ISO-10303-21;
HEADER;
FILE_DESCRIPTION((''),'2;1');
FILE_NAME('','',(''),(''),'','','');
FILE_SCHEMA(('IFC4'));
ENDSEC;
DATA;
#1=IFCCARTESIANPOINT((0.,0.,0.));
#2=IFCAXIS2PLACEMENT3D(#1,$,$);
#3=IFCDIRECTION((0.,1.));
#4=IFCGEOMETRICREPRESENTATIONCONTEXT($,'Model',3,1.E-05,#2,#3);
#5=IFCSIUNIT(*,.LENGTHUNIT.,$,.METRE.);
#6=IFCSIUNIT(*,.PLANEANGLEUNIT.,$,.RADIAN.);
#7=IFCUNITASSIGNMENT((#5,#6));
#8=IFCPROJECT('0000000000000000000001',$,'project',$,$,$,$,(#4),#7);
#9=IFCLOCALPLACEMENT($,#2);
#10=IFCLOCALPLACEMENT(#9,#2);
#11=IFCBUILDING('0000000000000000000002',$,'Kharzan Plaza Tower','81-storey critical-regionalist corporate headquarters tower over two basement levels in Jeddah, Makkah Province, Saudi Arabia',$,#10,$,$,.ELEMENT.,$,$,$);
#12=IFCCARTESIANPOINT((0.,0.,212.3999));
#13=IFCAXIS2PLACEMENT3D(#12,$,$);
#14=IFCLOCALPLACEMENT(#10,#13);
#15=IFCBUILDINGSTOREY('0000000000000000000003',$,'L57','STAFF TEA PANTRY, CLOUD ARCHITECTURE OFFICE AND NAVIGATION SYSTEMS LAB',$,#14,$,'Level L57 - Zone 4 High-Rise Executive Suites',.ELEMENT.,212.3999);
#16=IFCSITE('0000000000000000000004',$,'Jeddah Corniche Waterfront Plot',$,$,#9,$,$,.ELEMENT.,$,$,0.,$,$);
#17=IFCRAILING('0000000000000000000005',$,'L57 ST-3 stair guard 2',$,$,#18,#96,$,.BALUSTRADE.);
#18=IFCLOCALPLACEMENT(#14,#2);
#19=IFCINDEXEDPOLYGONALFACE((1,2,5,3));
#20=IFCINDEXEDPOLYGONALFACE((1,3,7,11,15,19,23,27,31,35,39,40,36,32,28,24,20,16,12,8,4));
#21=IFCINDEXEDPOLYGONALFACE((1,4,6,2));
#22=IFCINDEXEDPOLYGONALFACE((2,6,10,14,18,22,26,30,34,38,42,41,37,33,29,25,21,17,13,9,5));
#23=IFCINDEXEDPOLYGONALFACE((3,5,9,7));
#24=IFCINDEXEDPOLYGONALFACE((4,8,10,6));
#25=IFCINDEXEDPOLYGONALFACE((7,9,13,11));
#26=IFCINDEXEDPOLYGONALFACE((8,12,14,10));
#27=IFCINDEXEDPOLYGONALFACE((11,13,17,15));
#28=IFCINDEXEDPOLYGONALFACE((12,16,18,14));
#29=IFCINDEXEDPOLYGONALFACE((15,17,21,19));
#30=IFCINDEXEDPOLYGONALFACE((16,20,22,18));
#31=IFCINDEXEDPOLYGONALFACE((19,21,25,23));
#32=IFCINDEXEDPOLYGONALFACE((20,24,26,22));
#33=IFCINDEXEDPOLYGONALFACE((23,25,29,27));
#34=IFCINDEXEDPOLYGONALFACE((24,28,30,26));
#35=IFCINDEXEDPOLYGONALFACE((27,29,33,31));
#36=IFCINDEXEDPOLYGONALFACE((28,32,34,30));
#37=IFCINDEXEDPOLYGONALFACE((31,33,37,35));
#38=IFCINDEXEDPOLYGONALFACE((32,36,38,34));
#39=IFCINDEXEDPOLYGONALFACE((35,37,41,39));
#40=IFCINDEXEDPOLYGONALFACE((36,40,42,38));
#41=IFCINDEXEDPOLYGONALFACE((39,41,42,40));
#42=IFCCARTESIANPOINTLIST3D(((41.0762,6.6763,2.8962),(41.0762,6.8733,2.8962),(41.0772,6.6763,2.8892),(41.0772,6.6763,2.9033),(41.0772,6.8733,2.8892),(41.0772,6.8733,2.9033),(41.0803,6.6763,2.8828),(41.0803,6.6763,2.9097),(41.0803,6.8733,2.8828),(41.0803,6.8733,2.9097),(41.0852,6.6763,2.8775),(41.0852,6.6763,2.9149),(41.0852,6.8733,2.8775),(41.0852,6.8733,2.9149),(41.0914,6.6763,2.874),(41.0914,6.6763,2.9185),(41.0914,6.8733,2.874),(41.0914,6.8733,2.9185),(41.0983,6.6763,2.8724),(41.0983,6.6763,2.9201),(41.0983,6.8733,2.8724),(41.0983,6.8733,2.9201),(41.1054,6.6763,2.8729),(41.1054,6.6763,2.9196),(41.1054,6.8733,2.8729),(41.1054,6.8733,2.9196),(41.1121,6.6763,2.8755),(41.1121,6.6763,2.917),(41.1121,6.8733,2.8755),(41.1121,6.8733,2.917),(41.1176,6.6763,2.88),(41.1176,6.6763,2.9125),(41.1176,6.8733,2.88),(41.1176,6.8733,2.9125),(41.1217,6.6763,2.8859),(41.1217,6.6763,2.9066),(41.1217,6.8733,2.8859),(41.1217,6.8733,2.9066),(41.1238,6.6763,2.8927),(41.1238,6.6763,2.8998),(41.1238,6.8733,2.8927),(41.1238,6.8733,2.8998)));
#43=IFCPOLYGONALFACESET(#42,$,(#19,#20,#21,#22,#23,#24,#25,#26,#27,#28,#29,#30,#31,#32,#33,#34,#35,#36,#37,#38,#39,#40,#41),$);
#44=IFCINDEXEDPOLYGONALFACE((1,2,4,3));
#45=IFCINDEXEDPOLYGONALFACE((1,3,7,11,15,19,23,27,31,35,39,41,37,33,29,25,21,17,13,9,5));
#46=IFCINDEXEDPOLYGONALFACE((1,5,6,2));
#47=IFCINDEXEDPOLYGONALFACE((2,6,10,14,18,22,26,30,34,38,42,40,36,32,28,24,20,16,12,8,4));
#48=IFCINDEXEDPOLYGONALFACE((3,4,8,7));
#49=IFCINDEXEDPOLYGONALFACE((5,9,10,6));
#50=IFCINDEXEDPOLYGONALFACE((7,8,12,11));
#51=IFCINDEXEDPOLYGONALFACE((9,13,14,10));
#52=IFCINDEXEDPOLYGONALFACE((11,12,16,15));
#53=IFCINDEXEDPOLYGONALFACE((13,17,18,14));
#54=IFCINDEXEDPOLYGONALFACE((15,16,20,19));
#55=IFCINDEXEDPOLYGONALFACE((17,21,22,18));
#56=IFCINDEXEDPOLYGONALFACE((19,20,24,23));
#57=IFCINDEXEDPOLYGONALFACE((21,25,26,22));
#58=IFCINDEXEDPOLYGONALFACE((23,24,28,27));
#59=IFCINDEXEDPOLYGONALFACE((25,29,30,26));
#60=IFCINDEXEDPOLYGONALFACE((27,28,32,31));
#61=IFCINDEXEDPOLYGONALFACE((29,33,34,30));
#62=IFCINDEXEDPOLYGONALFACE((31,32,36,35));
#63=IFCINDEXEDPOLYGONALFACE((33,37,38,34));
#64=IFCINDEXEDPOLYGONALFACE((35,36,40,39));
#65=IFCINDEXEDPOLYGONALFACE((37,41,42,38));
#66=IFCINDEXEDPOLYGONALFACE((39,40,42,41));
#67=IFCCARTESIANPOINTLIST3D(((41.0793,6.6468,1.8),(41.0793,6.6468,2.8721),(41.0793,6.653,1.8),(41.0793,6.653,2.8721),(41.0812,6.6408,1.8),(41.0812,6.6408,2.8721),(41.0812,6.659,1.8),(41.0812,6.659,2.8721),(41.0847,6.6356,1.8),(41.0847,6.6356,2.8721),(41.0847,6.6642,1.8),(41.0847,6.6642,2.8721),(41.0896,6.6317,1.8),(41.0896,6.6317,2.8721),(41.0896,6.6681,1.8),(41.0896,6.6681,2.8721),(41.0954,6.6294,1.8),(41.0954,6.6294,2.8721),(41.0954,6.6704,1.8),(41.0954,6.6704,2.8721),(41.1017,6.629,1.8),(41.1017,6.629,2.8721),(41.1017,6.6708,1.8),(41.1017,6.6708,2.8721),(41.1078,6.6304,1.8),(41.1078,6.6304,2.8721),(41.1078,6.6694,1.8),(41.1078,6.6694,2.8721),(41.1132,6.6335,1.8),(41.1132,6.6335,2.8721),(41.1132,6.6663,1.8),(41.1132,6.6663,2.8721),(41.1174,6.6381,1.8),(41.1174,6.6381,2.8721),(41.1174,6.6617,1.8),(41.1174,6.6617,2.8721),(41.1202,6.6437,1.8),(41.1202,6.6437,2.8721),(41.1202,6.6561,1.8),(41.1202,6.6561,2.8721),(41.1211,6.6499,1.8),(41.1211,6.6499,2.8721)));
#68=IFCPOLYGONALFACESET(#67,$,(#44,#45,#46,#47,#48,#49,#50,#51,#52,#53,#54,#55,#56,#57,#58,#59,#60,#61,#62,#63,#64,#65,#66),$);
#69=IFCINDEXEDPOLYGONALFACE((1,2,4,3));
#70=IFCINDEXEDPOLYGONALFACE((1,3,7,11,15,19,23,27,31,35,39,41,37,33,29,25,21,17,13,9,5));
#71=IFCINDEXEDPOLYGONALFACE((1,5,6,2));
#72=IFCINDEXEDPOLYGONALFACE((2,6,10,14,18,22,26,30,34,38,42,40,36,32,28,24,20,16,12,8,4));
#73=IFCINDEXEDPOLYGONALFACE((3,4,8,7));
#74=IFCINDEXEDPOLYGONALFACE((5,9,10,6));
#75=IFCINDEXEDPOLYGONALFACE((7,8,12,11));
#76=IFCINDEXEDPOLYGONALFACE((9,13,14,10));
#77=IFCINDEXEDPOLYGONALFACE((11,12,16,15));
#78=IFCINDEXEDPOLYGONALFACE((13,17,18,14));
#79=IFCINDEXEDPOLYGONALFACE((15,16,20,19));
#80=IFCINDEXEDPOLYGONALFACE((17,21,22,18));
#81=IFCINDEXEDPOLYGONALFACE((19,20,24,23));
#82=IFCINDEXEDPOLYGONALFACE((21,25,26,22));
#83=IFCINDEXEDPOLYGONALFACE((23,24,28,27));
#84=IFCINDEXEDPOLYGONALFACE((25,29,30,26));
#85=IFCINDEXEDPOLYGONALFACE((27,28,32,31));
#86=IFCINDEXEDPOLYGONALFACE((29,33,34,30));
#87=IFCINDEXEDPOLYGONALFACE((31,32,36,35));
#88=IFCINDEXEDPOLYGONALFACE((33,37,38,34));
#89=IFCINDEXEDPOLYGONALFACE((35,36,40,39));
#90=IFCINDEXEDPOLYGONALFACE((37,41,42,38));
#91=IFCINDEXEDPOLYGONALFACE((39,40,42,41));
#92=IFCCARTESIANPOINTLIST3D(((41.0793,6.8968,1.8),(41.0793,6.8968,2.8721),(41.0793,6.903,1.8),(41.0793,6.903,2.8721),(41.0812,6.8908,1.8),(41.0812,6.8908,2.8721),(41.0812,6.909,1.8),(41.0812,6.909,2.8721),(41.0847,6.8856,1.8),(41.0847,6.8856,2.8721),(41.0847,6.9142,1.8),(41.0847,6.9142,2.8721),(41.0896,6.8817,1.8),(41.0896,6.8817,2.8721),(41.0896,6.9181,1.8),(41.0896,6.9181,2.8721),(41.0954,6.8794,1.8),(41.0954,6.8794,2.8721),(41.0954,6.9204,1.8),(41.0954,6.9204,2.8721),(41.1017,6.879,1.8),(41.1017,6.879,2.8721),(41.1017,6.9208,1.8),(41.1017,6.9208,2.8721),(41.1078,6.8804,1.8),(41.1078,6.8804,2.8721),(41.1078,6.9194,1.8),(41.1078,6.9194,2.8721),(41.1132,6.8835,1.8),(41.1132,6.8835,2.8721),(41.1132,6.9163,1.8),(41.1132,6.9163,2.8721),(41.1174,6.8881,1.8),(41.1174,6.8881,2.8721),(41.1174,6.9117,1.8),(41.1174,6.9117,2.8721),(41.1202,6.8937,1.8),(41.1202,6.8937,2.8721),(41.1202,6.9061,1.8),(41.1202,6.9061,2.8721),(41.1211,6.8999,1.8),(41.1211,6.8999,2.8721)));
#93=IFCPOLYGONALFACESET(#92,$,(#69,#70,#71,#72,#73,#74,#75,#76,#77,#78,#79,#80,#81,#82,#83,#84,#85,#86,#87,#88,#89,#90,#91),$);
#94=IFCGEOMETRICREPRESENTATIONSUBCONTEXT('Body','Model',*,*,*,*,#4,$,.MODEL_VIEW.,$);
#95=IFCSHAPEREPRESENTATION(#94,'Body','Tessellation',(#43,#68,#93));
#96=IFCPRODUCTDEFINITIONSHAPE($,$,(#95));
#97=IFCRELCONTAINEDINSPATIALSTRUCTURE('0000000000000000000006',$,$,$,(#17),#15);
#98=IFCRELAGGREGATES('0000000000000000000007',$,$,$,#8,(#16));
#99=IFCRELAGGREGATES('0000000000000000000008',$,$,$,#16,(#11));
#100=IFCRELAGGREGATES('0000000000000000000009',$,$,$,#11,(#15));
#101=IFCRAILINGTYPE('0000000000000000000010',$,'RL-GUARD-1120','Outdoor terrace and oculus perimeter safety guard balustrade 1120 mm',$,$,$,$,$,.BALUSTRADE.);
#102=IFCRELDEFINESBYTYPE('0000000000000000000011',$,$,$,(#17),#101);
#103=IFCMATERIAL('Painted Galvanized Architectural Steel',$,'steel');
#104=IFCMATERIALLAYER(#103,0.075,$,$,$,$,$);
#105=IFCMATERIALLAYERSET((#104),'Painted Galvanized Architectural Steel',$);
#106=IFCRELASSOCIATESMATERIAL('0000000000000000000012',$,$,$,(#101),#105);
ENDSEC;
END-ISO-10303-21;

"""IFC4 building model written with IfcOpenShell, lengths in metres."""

from ifc_helpers import new_model, si_unit, direction, frame, origin, origin_2d, place, context, subcontext, project, spatial, circle, extrude, source, transform, mapped, material, layer, layer_set, type_object, element, save


model = new_model("IFC4")

# Units and contexts
model_context = context("Model", 3, precision=1e-05, world=origin(), true_north=direction((0.0, 1.0)))
body_context = subcontext(model_context, "Body", "Model", "MODEL_VIEW")
ifc_project = project(units=[si_unit("LENGTHUNIT", "METRE"), si_unit("PLANEANGLEUNIT", "RADIAN")], contexts=[model_context])

# Site, building, storey
site_placement = place(None, origin())
site = spatial("IfcSite", under=ifc_project, at=site_placement, Name="Jeddah Corniche Waterfront Plot", CompositionType="ELEMENT", RefElevation=0.0)
building_placement = place(site_placement, origin())
building = spatial("IfcBuilding", under=site, at=building_placement, Name="Kharzan Plaza Tower", Description="81-storey critical-regionalist corporate headquarters tower over two basement levels in Jeddah, Makkah Province, Saudi Arabia", CompositionType="ELEMENT")
storey_placement = place(building_placement, frame((0.0, 0.0, 212.3999)))
storey = spatial("IfcBuildingStorey", under=building, at=storey_placement, Name="L57", Description="STAFF TEA PANTRY, CLOUD ARCHITECTURE OFFICE AND NAVIGATION SYSTEMS LAB", LongName="Level L57 - Zone 4 High-Rise Executive Suites", CompositionType="ELEMENT", Elevation=212.3999)

# Railing
ifc_material_1 = material(Name="Painted Galvanized Architectural Steel", Category="steel")
ifc_layer_1 = layer(ifc_material_1, 0.075)
ifc_layer_set_1 = layer_set([ifc_layer_1], Name="Painted Galvanized Architectural Steel")
railing_type_1 = type_object("IfcRailingType", Name="RL-GUARD-1120", Description="Outdoor terrace and oculus perimeter safety guard balustrade 1120 mm", PredefinedType="BALUSTRADE", material=ifc_layer_set_1)
shared_shape_1 = source(origin(), body_context, "Body", "SweptSolid", [
    extrude(circle(Radius=0.0239, at=origin_2d()), frame((0.0, 0.0264, 1.0962), z_axis=(0.0, 1.0, 0.0), x_axis=(-1.0, 0.0, 0.0)), (0.0, 0.0, 1.0), 0.197),
    extrude(circle(Radius=0.021, at=origin_2d()), origin(), (0.0, 0.0, 1.0), 1.072),
    extrude(circle(Radius=0.021, at=origin_2d()), frame((0.0, 0.25, 0.0)), (0.0, 0.0, 1.0), 1.072),
])
railing_1_placement = place(storey_placement, frame((41.1001, 6.6499, 1.8)))
element("IfcRailing", 1, at=railing_1_placement, inside=storey, type_object=railing_type_1, Name="L57 ST-3 stair guard 2", PredefinedType="BALUSTRADE", context=body_context, shape_type="MappedRepresentation", body=[
    mapped(shared_shape_1, transform((0.0, 0.0, 0.0), x_axis=(1.0, 0.0, 0.0), y_axis=(0.0, 1.0, 0.0), z_axis=(0.0, 0.0, 1.0))),
])

save(model, "model.ifc")
